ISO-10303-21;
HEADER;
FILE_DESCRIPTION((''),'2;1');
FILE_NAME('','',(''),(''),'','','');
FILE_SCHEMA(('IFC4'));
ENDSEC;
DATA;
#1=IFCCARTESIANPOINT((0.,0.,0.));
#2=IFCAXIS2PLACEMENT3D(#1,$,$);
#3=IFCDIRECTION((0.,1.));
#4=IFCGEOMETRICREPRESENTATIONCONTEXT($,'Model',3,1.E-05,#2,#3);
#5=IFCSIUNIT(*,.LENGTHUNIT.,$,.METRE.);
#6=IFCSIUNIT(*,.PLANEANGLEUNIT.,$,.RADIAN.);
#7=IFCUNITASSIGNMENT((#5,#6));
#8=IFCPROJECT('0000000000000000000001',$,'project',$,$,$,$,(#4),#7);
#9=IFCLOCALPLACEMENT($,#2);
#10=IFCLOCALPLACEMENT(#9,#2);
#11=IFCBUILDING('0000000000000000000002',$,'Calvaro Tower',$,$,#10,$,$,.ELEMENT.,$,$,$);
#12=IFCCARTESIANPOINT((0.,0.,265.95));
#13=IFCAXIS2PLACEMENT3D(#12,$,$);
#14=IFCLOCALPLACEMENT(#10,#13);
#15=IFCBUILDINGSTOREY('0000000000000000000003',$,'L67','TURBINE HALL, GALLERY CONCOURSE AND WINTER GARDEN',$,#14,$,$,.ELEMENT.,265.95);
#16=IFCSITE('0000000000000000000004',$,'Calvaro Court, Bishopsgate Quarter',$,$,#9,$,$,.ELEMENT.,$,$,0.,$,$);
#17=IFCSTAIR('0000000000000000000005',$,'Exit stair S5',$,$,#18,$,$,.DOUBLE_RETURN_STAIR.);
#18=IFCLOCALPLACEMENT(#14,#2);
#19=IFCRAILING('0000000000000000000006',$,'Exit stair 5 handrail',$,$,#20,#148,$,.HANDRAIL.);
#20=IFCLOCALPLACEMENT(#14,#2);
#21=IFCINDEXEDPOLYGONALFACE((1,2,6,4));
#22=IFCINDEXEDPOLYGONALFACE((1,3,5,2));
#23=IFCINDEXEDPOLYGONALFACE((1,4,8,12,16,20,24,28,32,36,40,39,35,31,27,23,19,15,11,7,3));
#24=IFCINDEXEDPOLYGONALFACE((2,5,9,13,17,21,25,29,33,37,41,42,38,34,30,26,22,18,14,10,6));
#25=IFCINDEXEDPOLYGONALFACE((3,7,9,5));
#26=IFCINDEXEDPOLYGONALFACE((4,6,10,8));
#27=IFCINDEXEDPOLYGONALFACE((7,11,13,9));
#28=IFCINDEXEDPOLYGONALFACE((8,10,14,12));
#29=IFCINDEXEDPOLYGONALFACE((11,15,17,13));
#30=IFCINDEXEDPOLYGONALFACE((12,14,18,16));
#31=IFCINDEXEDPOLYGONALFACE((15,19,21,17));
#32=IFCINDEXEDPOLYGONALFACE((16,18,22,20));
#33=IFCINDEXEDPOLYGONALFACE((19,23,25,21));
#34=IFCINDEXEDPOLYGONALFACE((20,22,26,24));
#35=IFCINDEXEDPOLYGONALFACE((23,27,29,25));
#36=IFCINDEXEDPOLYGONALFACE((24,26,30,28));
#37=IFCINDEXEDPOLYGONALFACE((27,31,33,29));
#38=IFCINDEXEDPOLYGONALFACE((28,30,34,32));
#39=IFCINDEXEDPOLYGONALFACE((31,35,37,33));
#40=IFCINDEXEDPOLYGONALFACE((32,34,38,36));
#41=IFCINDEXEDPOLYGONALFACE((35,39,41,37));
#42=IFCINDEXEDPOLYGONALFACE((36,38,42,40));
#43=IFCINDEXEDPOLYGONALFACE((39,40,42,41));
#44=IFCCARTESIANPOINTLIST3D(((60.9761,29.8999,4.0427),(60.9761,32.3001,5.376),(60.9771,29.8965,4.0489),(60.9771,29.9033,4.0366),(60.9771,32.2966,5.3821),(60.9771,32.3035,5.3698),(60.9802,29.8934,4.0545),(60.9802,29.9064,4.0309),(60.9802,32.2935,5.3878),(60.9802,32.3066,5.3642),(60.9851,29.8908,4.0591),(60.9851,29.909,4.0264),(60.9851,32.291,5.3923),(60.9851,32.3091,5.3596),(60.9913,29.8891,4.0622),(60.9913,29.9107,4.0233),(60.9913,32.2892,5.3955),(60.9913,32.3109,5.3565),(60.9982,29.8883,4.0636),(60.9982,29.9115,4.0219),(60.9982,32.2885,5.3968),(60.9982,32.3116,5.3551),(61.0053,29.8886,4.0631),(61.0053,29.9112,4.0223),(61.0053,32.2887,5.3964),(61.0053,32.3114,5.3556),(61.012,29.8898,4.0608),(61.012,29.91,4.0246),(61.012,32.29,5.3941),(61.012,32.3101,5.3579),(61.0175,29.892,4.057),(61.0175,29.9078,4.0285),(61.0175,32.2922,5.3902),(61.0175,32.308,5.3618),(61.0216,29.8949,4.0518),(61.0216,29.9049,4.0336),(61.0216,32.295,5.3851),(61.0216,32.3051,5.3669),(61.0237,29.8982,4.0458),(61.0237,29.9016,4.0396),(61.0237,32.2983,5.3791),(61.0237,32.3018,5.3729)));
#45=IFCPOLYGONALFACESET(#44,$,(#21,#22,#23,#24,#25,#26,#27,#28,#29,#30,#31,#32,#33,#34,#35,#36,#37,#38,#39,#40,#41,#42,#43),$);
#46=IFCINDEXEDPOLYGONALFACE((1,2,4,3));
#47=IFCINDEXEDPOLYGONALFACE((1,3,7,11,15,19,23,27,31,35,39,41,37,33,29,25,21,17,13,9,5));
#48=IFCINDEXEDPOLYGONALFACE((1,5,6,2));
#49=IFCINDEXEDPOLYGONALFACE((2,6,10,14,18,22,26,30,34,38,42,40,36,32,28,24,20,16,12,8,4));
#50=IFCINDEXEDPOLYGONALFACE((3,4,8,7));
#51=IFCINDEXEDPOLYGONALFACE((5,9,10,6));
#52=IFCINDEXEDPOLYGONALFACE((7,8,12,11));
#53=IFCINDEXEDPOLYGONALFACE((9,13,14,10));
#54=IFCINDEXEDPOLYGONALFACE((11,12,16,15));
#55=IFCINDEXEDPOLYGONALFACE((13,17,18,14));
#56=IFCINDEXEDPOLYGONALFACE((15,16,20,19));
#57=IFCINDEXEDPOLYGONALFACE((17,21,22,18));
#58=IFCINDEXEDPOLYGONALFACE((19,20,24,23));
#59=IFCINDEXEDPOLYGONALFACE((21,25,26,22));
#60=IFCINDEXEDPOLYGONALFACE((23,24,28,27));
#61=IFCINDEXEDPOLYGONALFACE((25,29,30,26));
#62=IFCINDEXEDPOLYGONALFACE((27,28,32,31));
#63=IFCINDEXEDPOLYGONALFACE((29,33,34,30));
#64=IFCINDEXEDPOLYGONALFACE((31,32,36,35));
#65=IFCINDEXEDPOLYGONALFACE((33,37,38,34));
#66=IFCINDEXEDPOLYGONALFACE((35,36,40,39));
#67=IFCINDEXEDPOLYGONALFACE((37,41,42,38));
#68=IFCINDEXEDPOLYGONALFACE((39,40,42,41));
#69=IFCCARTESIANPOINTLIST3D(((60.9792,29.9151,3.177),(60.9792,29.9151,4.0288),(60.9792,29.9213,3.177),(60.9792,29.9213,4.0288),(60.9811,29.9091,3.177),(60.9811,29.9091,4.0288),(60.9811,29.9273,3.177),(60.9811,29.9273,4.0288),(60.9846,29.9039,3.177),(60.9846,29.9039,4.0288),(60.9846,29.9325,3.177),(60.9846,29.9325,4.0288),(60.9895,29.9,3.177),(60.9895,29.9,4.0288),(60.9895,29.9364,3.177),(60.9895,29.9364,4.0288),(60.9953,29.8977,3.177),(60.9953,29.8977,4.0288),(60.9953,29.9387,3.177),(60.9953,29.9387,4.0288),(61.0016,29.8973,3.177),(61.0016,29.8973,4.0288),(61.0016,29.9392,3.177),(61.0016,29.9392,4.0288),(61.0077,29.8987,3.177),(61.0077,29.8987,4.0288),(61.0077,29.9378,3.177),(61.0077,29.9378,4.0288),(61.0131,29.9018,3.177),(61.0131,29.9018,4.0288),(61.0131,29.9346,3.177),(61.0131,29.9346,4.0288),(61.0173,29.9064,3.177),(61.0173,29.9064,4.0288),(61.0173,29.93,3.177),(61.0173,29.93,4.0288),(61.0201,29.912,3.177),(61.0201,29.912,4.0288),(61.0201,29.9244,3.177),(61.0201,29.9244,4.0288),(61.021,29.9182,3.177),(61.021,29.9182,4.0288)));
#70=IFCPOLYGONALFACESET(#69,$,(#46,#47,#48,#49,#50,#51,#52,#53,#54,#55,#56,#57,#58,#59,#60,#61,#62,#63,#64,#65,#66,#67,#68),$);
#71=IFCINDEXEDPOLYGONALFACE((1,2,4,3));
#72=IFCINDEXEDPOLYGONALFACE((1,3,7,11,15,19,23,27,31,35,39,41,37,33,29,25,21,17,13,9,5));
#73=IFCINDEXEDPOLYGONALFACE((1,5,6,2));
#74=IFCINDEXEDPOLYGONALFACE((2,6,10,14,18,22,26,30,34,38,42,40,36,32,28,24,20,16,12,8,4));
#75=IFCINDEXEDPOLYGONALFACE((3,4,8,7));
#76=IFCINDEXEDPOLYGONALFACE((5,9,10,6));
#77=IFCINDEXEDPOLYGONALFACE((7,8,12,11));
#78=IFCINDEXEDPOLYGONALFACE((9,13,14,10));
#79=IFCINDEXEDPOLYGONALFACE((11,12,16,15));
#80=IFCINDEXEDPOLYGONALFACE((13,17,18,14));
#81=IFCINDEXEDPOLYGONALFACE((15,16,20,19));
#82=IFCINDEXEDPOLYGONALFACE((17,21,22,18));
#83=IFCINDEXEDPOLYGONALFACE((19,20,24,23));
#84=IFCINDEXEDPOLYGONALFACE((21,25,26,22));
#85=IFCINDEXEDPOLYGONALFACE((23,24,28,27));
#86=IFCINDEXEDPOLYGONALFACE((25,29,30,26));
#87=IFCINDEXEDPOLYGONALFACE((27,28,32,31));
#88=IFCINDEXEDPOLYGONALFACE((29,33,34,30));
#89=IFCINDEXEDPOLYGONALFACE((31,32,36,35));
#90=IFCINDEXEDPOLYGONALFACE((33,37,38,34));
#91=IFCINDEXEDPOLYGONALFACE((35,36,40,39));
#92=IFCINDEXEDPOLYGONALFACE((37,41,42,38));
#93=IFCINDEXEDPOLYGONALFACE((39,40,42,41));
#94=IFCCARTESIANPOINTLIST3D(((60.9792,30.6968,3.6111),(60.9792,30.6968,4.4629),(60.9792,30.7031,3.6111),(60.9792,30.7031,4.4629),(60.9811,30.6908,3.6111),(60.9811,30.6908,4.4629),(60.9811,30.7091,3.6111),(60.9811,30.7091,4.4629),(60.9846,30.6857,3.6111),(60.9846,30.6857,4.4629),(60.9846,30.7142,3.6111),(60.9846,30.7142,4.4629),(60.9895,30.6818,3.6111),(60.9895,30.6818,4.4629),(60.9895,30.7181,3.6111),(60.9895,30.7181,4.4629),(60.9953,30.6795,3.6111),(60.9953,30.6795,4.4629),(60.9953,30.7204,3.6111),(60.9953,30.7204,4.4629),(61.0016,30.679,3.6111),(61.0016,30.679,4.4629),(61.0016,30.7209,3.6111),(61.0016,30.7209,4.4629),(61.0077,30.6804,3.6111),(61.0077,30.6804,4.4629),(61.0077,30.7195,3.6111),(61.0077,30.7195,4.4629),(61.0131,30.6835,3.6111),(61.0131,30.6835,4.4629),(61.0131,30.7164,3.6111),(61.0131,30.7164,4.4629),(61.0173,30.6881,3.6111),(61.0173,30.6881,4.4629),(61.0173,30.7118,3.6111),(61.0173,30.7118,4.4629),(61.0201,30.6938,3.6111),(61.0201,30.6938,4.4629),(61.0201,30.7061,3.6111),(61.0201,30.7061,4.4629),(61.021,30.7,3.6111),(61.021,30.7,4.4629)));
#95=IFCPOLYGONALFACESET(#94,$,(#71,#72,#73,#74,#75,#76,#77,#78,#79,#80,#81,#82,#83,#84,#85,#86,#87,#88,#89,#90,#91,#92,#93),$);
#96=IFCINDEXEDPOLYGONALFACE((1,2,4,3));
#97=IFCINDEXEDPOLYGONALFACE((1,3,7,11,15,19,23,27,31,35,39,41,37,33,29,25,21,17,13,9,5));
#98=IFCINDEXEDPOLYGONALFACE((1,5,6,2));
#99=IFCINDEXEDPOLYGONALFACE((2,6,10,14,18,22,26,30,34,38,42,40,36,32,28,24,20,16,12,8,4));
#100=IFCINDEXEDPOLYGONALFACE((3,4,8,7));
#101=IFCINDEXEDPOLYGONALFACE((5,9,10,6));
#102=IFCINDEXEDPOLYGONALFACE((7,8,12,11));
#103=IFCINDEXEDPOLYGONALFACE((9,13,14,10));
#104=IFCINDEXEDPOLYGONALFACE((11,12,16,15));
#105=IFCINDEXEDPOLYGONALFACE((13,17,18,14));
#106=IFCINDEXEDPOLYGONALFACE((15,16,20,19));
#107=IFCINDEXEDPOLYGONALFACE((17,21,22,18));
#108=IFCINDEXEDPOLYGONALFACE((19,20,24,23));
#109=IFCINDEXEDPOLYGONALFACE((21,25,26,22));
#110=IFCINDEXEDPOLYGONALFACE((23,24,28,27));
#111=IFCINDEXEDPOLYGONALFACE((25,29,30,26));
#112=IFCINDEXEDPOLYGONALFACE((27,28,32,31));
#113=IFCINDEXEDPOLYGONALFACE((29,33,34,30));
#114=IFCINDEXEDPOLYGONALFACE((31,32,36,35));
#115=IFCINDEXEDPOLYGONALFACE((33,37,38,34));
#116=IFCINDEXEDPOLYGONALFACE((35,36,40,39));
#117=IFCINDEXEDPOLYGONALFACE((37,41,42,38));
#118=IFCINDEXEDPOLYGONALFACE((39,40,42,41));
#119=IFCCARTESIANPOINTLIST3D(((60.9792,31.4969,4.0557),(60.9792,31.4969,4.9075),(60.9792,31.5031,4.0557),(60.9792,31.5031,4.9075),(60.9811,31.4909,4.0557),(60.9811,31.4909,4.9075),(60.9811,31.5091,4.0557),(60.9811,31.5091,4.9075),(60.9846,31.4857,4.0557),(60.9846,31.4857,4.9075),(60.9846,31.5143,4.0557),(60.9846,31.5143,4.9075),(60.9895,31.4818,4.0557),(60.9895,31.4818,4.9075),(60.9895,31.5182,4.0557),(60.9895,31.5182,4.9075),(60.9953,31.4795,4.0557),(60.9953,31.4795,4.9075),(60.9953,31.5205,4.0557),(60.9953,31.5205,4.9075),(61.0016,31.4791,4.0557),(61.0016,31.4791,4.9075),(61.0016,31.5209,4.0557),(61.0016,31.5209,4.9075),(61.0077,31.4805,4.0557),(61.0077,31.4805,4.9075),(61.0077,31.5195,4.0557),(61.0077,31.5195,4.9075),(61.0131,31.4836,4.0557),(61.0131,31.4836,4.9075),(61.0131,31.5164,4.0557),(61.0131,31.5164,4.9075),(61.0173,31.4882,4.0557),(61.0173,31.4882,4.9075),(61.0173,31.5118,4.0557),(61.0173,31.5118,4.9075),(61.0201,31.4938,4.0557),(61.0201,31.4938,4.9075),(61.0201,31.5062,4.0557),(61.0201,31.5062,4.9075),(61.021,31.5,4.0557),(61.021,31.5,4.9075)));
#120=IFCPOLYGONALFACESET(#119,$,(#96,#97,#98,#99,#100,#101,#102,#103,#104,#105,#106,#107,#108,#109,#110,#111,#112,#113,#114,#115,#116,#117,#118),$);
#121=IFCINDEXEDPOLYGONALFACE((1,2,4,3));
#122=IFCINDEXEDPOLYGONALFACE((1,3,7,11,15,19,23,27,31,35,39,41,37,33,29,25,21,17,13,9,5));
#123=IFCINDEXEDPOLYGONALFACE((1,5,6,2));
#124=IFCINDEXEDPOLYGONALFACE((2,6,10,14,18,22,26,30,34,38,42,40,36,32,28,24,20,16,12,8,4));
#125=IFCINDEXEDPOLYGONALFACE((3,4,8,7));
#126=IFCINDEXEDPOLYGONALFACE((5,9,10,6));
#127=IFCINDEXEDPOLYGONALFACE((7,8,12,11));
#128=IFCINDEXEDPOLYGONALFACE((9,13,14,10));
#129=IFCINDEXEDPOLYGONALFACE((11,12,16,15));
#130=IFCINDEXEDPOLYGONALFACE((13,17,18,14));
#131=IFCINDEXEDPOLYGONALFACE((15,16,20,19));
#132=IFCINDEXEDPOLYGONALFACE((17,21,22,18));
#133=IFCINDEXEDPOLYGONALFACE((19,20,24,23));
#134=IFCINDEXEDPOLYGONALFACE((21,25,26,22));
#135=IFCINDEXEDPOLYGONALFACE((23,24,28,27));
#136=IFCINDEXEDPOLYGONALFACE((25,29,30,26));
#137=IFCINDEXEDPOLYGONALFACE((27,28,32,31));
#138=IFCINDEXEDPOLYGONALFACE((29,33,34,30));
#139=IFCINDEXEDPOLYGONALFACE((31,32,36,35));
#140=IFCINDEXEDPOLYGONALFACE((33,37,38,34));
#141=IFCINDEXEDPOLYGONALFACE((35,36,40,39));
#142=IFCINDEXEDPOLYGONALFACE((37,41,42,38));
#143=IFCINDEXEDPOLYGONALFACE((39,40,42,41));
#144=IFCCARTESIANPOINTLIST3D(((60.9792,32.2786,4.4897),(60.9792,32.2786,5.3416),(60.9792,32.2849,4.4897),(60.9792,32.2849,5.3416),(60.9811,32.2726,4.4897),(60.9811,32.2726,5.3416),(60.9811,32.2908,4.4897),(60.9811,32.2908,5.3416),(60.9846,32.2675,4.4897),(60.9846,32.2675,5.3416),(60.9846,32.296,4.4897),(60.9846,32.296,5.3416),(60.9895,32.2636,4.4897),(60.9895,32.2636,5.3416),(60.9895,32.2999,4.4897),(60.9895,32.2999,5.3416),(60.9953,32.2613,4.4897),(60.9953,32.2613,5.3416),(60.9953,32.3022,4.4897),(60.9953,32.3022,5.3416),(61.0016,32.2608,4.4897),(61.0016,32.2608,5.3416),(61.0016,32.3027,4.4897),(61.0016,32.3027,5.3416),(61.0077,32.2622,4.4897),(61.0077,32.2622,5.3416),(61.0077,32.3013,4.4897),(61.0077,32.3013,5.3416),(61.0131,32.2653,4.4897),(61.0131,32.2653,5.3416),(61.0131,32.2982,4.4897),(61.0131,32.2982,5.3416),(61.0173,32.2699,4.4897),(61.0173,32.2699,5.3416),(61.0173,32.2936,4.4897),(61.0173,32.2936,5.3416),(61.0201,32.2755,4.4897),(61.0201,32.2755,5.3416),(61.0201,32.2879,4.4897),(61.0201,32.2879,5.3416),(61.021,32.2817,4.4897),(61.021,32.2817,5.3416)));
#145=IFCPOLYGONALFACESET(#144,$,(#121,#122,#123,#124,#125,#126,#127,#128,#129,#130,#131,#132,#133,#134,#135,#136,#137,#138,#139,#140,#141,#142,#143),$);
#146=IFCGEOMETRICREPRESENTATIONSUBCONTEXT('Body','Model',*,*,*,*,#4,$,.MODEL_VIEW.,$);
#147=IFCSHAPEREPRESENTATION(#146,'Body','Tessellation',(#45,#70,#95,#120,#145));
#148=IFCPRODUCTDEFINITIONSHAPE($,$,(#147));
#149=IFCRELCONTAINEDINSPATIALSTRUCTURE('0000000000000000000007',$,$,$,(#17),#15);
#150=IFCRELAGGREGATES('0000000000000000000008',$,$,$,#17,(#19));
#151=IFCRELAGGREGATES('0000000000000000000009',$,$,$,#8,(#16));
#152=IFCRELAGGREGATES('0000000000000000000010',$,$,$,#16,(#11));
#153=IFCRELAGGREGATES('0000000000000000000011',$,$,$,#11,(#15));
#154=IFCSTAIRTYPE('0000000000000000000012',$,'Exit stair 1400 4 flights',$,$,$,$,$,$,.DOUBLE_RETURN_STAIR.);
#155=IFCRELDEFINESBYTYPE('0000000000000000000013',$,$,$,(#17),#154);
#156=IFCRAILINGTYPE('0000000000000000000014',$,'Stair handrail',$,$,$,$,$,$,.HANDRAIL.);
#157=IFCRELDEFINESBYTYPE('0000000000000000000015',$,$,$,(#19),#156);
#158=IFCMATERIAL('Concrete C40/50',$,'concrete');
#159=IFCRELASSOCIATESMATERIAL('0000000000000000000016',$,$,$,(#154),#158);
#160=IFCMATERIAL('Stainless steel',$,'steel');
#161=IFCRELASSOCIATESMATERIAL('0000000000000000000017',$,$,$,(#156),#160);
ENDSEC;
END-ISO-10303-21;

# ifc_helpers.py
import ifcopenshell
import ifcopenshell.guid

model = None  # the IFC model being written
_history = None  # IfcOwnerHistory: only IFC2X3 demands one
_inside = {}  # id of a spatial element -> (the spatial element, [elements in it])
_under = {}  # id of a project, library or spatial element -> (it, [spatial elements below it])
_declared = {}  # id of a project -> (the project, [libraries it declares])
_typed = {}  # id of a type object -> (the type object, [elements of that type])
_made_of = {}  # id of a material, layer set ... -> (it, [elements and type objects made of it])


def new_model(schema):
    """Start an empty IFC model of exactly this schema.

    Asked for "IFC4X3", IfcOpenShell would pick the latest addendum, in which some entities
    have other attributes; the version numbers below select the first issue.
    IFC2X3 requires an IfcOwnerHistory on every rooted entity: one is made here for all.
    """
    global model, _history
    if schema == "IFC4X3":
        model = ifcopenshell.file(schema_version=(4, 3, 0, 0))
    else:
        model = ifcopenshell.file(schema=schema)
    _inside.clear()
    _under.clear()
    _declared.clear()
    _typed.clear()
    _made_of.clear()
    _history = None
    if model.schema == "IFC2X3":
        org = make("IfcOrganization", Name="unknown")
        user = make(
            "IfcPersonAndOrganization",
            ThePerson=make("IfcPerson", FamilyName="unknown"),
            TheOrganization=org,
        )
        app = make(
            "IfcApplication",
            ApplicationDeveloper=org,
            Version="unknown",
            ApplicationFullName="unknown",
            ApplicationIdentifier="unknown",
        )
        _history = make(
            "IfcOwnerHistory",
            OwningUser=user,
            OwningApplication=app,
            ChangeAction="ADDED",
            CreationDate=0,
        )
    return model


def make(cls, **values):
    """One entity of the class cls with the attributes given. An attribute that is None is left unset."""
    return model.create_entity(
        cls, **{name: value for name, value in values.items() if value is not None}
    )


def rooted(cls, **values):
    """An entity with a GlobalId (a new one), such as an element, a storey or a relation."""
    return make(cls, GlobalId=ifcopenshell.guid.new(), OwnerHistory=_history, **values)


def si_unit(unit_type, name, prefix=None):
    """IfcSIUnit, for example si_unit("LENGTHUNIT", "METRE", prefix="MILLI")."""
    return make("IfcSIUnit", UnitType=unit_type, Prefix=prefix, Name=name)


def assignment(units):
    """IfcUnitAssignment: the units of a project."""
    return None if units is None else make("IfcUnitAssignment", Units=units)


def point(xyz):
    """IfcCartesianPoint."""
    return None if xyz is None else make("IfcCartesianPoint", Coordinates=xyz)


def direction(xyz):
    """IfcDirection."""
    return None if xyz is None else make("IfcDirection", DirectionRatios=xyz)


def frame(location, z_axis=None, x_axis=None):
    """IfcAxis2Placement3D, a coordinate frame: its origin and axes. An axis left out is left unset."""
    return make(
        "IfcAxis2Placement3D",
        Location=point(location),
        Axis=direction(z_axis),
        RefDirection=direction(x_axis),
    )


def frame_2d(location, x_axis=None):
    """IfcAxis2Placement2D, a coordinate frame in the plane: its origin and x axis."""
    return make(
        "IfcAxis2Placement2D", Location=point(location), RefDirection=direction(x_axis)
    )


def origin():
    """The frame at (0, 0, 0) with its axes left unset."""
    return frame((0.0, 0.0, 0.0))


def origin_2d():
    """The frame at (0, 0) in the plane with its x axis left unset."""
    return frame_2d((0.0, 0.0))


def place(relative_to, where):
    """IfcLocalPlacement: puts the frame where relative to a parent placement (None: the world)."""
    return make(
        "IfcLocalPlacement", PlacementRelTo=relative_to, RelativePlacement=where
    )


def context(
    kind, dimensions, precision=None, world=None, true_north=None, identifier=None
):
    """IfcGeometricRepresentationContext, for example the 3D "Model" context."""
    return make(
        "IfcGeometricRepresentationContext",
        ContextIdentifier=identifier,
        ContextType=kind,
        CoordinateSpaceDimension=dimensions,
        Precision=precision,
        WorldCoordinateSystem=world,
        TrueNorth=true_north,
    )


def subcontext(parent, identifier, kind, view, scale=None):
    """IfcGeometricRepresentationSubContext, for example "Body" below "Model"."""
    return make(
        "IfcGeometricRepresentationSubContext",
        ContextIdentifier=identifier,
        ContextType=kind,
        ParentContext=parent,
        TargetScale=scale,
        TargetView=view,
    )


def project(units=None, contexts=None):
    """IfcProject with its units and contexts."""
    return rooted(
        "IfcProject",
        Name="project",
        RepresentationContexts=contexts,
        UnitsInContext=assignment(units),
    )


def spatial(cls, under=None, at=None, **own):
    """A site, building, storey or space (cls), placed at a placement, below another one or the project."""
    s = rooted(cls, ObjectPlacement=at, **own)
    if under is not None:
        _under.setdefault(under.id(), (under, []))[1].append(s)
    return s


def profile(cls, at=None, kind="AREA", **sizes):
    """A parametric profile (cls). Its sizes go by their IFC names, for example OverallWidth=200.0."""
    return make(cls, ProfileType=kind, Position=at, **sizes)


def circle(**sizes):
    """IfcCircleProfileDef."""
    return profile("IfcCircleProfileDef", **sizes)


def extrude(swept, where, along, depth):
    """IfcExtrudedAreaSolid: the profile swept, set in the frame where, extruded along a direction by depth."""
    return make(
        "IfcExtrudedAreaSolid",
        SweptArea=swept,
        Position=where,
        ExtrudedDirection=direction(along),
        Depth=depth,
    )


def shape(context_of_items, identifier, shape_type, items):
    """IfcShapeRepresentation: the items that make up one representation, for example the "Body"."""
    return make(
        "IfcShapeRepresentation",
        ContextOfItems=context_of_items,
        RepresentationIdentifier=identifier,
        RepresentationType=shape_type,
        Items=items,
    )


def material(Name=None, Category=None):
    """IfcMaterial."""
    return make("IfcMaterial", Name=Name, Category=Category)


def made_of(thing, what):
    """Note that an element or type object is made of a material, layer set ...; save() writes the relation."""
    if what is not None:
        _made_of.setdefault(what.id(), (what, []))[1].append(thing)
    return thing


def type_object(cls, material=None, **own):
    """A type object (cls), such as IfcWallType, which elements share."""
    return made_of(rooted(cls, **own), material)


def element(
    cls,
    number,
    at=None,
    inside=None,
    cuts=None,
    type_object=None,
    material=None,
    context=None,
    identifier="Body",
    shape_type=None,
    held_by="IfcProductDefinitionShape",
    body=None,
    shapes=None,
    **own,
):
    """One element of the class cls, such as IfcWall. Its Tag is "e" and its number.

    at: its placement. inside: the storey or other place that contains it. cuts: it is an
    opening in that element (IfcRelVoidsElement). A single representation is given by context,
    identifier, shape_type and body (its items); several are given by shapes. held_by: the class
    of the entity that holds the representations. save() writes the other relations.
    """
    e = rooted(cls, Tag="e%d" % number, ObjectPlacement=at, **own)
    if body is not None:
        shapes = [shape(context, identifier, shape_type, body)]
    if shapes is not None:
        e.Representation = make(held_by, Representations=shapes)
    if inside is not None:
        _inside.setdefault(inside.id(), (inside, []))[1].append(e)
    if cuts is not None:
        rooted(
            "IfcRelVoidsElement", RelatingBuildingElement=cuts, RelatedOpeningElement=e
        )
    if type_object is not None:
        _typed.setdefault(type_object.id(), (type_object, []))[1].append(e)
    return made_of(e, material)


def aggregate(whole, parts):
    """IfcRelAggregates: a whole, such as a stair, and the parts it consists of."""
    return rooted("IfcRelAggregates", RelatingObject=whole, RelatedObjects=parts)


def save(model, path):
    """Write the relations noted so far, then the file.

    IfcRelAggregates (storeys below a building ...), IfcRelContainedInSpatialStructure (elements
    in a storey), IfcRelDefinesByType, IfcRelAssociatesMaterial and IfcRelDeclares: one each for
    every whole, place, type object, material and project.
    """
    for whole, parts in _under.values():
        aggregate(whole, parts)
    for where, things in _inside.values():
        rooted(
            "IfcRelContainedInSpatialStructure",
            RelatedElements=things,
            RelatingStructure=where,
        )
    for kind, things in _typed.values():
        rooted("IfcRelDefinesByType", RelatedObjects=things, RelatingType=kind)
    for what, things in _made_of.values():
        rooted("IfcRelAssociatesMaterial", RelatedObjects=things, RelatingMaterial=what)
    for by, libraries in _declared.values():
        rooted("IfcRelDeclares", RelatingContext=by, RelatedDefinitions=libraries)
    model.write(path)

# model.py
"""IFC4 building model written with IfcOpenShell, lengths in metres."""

from ifc_helpers import new_model, si_unit, direction, frame, origin, origin_2d, place, context, subcontext, project, spatial, circle, extrude, material, type_object, element, aggregate, save


model = new_model("IFC4")

# Units and contexts
model_context = context("Model", 3, precision=1e-05, world=origin(), true_north=direction((0.0, 1.0)))
body_context = subcontext(model_context, "Body", "Model", "MODEL_VIEW")
ifc_project = project(units=[si_unit("LENGTHUNIT", "METRE"), si_unit("PLANEANGLEUNIT", "RADIAN")], contexts=[model_context])

# Site, building, storey
site_placement = place(None, origin())
site = spatial("IfcSite", under=ifc_project, at=site_placement, Name="Calvaro Court, Bishopsgate Quarter", CompositionType="ELEMENT", RefElevation=0.0)
building_placement = place(site_placement, origin())
building = spatial("IfcBuilding", under=site, at=building_placement, Name="Calvaro Tower", CompositionType="ELEMENT")
storey_placement = place(building_placement, frame((0.0, 0.0, 265.95)))
storey = spatial("IfcBuildingStorey", under=building, at=storey_placement, Name="L67", Description="TURBINE HALL, GALLERY CONCOURSE AND WINTER GARDEN", CompositionType="ELEMENT", Elevation=265.95)

# Stair
ifc_material_1 = material(Name="Concrete C40/50", Category="concrete")
stair_type = type_object("IfcStairType", Name="Exit stair 1400 4 flights", PredefinedType="DOUBLE_RETURN_STAIR", material=ifc_material_1)
stair_1_placement = place(storey_placement, origin())
stair_1 = element("IfcStair", 1, at=stair_1_placement, inside=storey, type_object=stair_type, Name="Exit stair S5", PredefinedType="DOUBLE_RETURN_STAIR")

# Railing
ifc_material_2 = material(Name="Stainless steel", Category="steel")
railing_type_1 = type_object("IfcRailingType", Name="Stair handrail", PredefinedType="HANDRAIL", material=ifc_material_2)
railing_1_placement = place(storey_placement, frame((61.0, 29.8999, 3.1667)))
railing_1 = element("IfcRailing", 2, at=railing_1_placement, type_object=railing_type_1, Name="Exit stair 5 handrail", PredefinedType="HANDRAIL", context=body_context, shape_type="SweptSolid", body=[
    extrude(circle(Radius=0.0239, at=origin_2d()), frame((0.0, 0.0, 0.876), z_axis=(0.0, 0.874182, 0.485598), x_axis=(-1.0, 0.0, 0.0)), (0.0, 0.0, 1.0), 2.7456),
    extrude(circle(Radius=0.021, at=origin_2d()), frame((0.0, 0.0183, 0.0103)), (0.0, 0.0, 1.0), 0.8518),
    extrude(circle(Radius=0.021, at=origin_2d()), frame((0.0, 0.8, 0.4443)), (0.0, 0.0, 1.0), 0.8518),
    extrude(circle(Radius=0.021, at=origin_2d()), frame((0.0, 1.6001, 0.8889)), (0.0, 0.0, 1.0), 0.8518),
    extrude(circle(Radius=0.021, at=origin_2d()), frame((0.0, 2.3818, 1.323)), (0.0, 0.0, 1.0), 0.8518),
])
aggregate(stair_1, [railing_1])

save(model, "model.ifc")
